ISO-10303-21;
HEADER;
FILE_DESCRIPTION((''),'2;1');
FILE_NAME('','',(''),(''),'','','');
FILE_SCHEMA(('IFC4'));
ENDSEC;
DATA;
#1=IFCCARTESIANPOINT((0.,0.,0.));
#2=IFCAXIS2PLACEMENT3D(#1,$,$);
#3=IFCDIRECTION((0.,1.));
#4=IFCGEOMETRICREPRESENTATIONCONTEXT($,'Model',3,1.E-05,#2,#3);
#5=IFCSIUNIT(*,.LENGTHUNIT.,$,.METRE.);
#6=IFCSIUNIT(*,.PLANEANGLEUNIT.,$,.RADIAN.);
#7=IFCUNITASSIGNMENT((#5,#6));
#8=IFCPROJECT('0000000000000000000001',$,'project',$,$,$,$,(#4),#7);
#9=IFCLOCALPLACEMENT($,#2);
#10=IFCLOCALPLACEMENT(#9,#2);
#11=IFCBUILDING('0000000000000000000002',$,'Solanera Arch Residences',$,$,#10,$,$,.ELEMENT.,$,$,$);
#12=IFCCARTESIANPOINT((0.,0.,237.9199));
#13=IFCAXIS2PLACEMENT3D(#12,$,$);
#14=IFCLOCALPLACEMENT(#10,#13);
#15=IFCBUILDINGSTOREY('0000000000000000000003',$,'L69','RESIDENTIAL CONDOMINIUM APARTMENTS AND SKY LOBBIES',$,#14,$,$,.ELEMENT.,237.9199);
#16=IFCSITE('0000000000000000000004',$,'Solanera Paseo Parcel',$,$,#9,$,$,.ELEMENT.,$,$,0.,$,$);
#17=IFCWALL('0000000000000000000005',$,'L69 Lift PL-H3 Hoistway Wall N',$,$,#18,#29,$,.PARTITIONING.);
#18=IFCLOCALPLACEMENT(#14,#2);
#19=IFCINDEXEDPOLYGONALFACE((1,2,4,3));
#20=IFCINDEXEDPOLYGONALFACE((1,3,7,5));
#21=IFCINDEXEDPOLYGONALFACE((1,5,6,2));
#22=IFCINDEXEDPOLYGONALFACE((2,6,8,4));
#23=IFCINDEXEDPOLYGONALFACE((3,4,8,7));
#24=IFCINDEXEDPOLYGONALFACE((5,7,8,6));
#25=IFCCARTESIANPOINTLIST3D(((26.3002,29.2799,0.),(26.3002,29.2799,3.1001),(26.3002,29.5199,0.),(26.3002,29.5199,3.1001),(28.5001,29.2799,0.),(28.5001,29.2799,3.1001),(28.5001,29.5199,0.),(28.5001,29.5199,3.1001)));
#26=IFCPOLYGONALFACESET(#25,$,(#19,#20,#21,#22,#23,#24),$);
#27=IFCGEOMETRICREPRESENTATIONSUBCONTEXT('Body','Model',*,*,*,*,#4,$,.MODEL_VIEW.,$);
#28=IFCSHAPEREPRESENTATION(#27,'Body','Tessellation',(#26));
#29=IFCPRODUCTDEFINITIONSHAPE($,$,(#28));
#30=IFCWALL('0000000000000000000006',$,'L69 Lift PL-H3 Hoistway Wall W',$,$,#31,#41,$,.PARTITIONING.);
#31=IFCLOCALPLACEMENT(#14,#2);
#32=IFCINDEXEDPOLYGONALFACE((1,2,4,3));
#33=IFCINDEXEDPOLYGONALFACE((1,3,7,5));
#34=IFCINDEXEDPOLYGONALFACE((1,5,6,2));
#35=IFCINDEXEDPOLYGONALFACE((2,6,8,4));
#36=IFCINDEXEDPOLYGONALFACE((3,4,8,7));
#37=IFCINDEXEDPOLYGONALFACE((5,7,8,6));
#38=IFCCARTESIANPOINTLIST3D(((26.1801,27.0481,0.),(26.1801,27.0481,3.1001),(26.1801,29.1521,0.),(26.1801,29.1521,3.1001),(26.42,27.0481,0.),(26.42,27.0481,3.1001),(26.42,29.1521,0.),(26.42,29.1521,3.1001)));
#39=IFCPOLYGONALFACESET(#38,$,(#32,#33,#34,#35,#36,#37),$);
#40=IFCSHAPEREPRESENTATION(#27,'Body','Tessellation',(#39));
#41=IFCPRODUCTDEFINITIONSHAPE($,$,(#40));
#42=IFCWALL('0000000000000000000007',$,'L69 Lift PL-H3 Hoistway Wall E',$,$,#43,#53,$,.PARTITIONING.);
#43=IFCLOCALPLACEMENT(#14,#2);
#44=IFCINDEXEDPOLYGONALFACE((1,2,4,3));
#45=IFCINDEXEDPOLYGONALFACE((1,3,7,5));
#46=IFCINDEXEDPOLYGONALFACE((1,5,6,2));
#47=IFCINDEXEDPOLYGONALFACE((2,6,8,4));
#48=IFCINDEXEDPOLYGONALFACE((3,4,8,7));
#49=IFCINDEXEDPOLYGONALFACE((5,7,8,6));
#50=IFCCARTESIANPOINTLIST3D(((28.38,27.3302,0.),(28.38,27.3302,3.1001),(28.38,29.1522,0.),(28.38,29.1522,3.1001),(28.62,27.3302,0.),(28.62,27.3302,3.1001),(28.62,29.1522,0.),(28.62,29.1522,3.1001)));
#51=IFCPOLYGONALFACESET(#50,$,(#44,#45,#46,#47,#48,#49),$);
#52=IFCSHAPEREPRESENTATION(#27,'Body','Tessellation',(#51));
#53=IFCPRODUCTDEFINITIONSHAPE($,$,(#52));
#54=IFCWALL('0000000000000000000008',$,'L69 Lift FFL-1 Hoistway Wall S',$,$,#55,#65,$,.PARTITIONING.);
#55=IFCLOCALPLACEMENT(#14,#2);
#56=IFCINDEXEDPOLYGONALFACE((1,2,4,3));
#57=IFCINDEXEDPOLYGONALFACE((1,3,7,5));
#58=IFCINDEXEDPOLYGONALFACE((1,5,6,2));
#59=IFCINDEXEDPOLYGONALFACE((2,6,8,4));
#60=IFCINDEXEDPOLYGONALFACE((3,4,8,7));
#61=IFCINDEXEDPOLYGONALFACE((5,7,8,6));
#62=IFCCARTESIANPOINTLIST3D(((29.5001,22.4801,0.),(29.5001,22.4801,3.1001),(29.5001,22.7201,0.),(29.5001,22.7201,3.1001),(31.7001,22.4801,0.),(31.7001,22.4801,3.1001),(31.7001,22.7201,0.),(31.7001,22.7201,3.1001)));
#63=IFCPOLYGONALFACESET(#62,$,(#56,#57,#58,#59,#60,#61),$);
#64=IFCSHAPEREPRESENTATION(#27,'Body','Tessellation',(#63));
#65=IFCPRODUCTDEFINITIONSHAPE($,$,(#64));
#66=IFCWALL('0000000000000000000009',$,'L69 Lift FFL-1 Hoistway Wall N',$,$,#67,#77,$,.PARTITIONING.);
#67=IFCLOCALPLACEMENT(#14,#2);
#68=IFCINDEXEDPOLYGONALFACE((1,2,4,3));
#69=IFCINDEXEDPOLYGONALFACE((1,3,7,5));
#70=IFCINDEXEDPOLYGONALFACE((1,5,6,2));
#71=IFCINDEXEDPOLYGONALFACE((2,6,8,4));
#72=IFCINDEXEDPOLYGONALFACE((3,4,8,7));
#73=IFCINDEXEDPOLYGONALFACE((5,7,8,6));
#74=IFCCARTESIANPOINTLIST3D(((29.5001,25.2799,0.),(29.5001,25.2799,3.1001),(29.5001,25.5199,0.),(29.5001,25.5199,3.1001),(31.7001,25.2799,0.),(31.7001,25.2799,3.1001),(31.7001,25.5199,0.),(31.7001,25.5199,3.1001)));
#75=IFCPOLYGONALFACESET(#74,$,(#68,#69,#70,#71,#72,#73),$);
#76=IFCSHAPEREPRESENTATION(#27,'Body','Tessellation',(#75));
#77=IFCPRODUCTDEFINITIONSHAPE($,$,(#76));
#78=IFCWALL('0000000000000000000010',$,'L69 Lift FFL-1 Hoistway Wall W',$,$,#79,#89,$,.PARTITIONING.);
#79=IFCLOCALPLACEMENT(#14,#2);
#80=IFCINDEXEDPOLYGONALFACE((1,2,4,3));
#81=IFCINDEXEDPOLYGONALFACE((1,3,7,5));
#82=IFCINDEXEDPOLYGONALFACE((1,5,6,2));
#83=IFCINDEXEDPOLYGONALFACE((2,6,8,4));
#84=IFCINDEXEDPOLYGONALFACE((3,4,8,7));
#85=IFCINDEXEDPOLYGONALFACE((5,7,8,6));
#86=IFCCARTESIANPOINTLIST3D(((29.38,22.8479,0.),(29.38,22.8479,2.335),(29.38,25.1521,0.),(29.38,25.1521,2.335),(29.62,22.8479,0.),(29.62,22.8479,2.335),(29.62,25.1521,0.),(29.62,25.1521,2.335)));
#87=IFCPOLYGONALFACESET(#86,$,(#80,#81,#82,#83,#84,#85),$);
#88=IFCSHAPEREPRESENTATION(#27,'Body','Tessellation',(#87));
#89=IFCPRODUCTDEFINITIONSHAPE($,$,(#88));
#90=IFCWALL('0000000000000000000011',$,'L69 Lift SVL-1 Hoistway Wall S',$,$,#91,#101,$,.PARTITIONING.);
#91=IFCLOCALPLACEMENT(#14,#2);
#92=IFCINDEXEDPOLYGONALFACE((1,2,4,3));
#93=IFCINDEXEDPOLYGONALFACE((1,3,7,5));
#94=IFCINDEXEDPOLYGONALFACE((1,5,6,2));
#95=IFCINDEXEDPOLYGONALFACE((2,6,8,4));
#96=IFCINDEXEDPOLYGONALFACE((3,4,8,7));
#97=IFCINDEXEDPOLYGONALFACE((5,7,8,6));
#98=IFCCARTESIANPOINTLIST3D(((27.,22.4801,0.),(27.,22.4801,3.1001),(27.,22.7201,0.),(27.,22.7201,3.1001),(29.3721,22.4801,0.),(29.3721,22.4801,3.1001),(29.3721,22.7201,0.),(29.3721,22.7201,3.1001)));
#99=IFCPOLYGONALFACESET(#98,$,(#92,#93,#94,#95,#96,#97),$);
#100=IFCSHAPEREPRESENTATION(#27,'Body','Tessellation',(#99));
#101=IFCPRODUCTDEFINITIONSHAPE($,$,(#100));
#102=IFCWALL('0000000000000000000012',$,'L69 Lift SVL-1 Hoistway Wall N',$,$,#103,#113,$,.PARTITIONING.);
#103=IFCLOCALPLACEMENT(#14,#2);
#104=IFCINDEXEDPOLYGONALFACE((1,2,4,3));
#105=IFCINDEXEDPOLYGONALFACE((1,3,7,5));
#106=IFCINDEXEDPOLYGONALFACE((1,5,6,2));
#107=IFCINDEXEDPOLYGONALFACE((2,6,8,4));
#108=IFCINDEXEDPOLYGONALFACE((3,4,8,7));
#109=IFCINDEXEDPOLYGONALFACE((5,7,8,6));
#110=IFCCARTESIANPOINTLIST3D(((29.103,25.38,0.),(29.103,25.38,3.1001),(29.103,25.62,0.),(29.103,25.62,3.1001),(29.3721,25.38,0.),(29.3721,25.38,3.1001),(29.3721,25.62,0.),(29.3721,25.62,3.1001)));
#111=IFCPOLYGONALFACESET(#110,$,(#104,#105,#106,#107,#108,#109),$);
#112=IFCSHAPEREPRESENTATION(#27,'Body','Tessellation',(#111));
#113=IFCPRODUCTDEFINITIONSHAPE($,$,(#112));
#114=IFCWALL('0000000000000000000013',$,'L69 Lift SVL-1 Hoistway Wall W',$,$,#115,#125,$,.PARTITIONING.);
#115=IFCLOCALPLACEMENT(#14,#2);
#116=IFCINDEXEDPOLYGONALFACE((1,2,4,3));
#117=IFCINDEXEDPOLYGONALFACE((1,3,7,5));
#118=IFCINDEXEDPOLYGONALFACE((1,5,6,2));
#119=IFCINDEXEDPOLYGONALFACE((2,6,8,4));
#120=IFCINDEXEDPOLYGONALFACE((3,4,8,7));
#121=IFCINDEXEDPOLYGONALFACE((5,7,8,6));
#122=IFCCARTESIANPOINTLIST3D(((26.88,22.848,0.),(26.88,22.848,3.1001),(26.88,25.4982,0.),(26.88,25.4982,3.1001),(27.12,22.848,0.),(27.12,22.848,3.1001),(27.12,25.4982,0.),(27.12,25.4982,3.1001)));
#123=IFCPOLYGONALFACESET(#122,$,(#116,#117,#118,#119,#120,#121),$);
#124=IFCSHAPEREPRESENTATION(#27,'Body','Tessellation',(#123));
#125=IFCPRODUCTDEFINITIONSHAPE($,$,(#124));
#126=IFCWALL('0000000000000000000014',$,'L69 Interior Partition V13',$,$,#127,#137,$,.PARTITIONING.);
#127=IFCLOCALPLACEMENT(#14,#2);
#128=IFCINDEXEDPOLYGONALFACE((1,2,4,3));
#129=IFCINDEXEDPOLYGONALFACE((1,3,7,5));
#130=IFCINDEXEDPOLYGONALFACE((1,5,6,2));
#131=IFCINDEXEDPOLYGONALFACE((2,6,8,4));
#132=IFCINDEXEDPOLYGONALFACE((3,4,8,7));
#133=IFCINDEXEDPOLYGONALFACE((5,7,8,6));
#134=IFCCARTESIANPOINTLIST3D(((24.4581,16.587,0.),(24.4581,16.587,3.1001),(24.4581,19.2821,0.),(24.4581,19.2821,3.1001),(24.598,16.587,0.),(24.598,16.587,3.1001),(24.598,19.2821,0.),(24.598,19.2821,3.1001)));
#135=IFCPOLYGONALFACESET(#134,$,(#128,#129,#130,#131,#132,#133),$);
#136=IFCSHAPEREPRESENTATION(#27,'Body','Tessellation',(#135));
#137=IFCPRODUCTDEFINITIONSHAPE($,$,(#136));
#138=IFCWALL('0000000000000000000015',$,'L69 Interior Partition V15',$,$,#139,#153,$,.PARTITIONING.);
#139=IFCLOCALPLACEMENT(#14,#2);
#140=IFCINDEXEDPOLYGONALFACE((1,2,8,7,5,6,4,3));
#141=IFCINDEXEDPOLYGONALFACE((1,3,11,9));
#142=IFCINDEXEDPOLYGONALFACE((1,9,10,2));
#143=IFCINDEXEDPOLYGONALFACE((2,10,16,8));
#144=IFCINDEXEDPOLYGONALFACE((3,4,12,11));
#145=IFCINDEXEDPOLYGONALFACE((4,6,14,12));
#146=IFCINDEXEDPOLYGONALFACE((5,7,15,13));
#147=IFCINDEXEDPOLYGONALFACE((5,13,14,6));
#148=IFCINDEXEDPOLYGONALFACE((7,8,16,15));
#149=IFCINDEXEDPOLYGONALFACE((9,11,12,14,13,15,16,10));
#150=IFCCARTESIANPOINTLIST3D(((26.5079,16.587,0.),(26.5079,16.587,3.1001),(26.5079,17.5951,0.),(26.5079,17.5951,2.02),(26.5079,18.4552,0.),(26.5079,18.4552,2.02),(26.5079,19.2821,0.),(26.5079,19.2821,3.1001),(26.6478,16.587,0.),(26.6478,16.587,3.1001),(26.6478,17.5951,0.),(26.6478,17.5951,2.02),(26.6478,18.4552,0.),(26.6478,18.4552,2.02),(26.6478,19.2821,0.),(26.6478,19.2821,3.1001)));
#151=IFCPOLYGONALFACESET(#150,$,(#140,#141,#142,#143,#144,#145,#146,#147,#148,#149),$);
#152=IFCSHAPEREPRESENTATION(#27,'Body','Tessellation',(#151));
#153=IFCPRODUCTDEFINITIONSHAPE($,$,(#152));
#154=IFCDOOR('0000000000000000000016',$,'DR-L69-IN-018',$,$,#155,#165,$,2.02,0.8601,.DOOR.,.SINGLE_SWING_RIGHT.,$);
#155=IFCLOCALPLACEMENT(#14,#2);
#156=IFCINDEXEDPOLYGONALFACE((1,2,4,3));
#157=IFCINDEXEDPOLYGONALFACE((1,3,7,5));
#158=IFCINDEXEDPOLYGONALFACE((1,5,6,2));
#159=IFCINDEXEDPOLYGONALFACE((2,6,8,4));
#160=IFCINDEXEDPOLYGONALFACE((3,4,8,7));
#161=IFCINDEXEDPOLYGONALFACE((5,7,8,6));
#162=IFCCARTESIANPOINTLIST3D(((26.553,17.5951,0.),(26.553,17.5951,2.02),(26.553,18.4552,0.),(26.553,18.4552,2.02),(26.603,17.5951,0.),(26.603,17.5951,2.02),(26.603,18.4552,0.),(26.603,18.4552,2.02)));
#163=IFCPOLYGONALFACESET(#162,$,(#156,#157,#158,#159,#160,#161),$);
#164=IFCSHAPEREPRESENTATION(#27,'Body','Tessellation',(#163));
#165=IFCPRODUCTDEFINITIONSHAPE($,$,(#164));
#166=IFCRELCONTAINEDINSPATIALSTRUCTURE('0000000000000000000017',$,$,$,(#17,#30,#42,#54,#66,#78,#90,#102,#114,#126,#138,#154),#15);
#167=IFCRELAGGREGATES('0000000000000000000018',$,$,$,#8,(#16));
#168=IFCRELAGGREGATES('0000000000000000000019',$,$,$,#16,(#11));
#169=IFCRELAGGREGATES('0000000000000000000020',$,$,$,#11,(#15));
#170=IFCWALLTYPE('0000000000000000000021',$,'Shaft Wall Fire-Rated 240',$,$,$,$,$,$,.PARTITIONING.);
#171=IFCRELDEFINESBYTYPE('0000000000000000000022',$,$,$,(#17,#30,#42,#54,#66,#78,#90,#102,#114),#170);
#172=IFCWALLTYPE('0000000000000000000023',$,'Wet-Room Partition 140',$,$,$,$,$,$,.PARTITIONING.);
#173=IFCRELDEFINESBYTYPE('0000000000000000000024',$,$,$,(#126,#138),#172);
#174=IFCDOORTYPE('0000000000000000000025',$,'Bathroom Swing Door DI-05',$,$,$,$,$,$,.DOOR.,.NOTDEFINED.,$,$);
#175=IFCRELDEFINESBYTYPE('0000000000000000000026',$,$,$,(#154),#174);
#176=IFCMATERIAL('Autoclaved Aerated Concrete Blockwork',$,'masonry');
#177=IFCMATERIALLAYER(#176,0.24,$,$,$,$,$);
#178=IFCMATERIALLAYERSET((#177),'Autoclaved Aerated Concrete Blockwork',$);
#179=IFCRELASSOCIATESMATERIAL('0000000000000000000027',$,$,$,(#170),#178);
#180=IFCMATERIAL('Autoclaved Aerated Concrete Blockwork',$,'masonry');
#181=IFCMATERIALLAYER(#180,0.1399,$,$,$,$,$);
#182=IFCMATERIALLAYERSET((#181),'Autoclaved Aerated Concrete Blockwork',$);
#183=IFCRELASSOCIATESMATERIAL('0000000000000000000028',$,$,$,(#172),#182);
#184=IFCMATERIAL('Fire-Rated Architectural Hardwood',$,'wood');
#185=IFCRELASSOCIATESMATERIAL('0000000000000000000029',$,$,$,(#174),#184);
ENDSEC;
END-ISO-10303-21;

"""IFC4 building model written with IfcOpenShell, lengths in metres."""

from ifc_helpers import new_model, si_unit, direction, frame, frame_2d, origin, place, context, subcontext, project, spatial, rectangle, extrude, material, layer, layer_set, type_object, element, fill, save


model = new_model("IFC4")

# Units and contexts
model_context = context("Model", 3, precision=1e-05, world=origin(), true_north=direction((0.0, 1.0)))
body_context = subcontext(model_context, "Body", "Model", "MODEL_VIEW")
ifc_project = project(units=[si_unit("LENGTHUNIT", "METRE"), si_unit("PLANEANGLEUNIT", "RADIAN")], contexts=[model_context])

# Site, building, storey
site_placement = place(None, origin())
site = spatial("IfcSite", under=ifc_project, at=site_placement, Name="Solanera Paseo Parcel", CompositionType="ELEMENT", RefElevation=0.0)
building_placement = place(site_placement, origin())
building = spatial("IfcBuilding", under=site, at=building_placement, Name="Solanera Arch Residences", CompositionType="ELEMENT")
storey_placement = place(building_placement, frame((0.0, 0.0, 237.9199)))
storey = spatial("IfcBuildingStorey", under=building, at=storey_placement, Name="L69", Description="RESIDENTIAL CONDOMINIUM APARTMENTS AND SKY LOBBIES", CompositionType="ELEMENT", Elevation=237.9199)

# Walls
ifc_material_1 = material(Name="Autoclaved Aerated Concrete Blockwork", Category="masonry")
ifc_layer_1 = layer(ifc_material_1, 0.24)
ifc_layer_set_1 = layer_set([ifc_layer_1], Name="Autoclaved Aerated Concrete Blockwork")
wall_type_1 = type_object("IfcWallType", Name="Shaft Wall Fire-Rated 240", PredefinedType="PARTITIONING", material=ifc_layer_set_1)
wall_1_placement = place(storey_placement, frame((26.3, 29.3999, 0.0), z_axis=(0.0, 0.0, 1.0), x_axis=(1.0, 0.0, 0.0)))
element("IfcWall", 1, at=wall_1_placement, inside=storey, type_object=wall_type_1, Name="L69 Lift PL-H3 Hoistway Wall N", PredefinedType="PARTITIONING", context=body_context, shape_type="SweptSolid", body=[
    extrude(rectangle(XDim=2.2, YDim=0.24, at=frame_2d((1.1001, 0.0))), origin(), (0.0, 0.0, 1.0), 3.1001),
])
wall_2_placement = place(storey_placement, frame((26.3, 27.0481, 0.0), z_axis=(0.0, 0.0, 1.0), x_axis=(0.0, 1.0, 0.0)))
element("IfcWall", 2, at=wall_2_placement, inside=storey, type_object=wall_type_1, Name="L69 Lift PL-H3 Hoistway Wall W", PredefinedType="PARTITIONING", context=body_context, shape_type="SweptSolid", body=[
    extrude(rectangle(XDim=2.104, YDim=0.24, at=frame_2d((1.052, 0.0))), origin(), (0.0, 0.0, 1.0), 3.1001),
])
wall_3_placement = place(storey_placement, frame((28.5, 27.3301, 0.0), z_axis=(0.0, 0.0, 1.0), x_axis=(0.0, 1.0, 0.0)))
element("IfcWall", 3, at=wall_3_placement, inside=storey, type_object=wall_type_1, Name="L69 Lift PL-H3 Hoistway Wall E", PredefinedType="PARTITIONING", context=body_context, shape_type="SweptSolid", body=[
    extrude(rectangle(XDim=1.822, YDim=0.24, at=frame_2d((0.9111, 0.0))), origin(), (0.0, 0.0, 1.0), 3.1001),
])
for number, where, z_axis, x_axis, name in (
    (4, (29.5, 22.6001, 0.0), (0.0, 0.0, 1.0), (1.0, 0.0, 0.0), "L69 Lift FFL-1 Hoistway Wall S"),
    (5, (29.5, 25.3999, 0.0), (0.0, 0.0, 1.0), (1.0, 0.0, 0.0), "L69 Lift FFL-1 Hoistway Wall N"),
):
    element("IfcWall", number, at=place(storey_placement, frame(where, z_axis=z_axis, x_axis=x_axis)), inside=storey, type_object=wall_type_1, Name=name, PredefinedType="PARTITIONING", context=body_context, shape_type="SweptSolid", body=[
        extrude(rectangle(XDim=2.2, YDim=0.24, at=frame_2d((1.1001, 0.0))), origin(), (0.0, 0.0, 1.0), 3.1001),
    ])
wall_4_placement = place(storey_placement, frame((29.5, 22.8479, 0.0), z_axis=(0.0, 0.0, 1.0), x_axis=(0.0, 1.0, 0.0)))
element("IfcWall", 6, at=wall_4_placement, inside=storey, type_object=wall_type_1, Name="L69 Lift FFL-1 Hoistway Wall W", PredefinedType="PARTITIONING", context=body_context, shape_type="SweptSolid", body=[
    extrude(rectangle(XDim=2.3042, YDim=0.24, at=frame_2d((1.1521, 0.0))), origin(), (0.0, 0.0, 1.0), 2.335),
])
wall_5_placement = place(storey_placement, frame((27.0, 22.6001, 0.0), z_axis=(0.0, 0.0, 1.0), x_axis=(1.0, 0.0, 0.0)))
element("IfcWall", 7, at=wall_5_placement, inside=storey, type_object=wall_type_1, Name="L69 Lift SVL-1 Hoistway Wall S", PredefinedType="PARTITIONING", context=body_context, shape_type="SweptSolid", body=[
    extrude(rectangle(XDim=2.3721, YDim=0.24, at=frame_2d((1.186, 0.0))), origin(), (0.0, 0.0, 1.0), 3.1001),
])
wall_6_placement = place(storey_placement, frame((29.103, 25.5, 0.0), z_axis=(0.0, 0.0, 1.0), x_axis=(1.0, 0.0, 0.0)))
element("IfcWall", 8, at=wall_6_placement, inside=storey, type_object=wall_type_1, Name="L69 Lift SVL-1 Hoistway Wall N", PredefinedType="PARTITIONING", context=body_context, shape_type="SweptSolid", body=[
    extrude(rectangle(XDim=0.269, YDim=0.24, at=frame_2d((0.1345, 0.0))), origin(), (0.0, 0.0, 1.0), 3.1001),
])
wall_7_placement = place(storey_placement, frame((27.0, 22.8479, 0.0), z_axis=(0.0, 0.0, 1.0), x_axis=(0.0, 1.0, 0.0)))
element("IfcWall", 9, at=wall_7_placement, inside=storey, type_object=wall_type_1, Name="L69 Lift SVL-1 Hoistway Wall W", PredefinedType="PARTITIONING", context=body_context, shape_type="SweptSolid", body=[
    extrude(rectangle(XDim=2.6501, YDim=0.24, at=frame_2d((1.3252, 0.0))), origin(), (0.0, 0.0, 1.0), 3.1001),
])
ifc_material_2 = material(Name="Autoclaved Aerated Concrete Blockwork", Category="masonry")
ifc_layer_2 = layer(ifc_material_2, 0.1399)
ifc_layer_set_2 = layer_set([ifc_layer_2], Name="Autoclaved Aerated Concrete Blockwork")
wall_type_2 = type_object("IfcWallType", Name="Wet-Room Partition 140", PredefinedType="PARTITIONING", material=ifc_layer_set_2)
wall_8_placement = place(storey_placement, frame((24.5281, 16.5869, 0.0), z_axis=(0.0, 0.0, 1.0), x_axis=(0.0, 1.0, 0.0)))
element("IfcWall", 10, at=wall_8_placement, inside=storey, type_object=wall_type_2, Name="L69 Interior Partition V13", PredefinedType="PARTITIONING", context=body_context, shape_type="SweptSolid", body=[
    extrude(rectangle(XDim=2.6951, YDim=0.1399, at=frame_2d((1.3477, 0.0))), origin(), (0.0, 0.0, 1.0), 3.1001),
])

# Wall, opening, door
wall_9_placement = place(storey_placement, frame((26.5779, 16.5869, 0.0), z_axis=(0.0, 0.0, 1.0), x_axis=(0.0, 1.0, 0.0)))
wall_9 = element("IfcWall", 11, at=wall_9_placement, inside=storey, type_object=wall_type_2, Name="L69 Interior Partition V15", PredefinedType="PARTITIONING", context=body_context, shape_type="SweptSolid", body=[
    extrude(rectangle(XDim=2.6951, YDim=0.1399, at=frame_2d((1.3477, 0.0))), origin(), (0.0, 0.0, 1.0), 3.1001),
])
opening_placement = place(wall_9_placement, frame((1.0081, 0.0, 0.0)))
opening = element("IfcOpeningElement", 12, at=opening_placement, cuts=wall_9, PredefinedType="OPENING", context=body_context, shape_type="SweptSolid", body=[
    extrude(rectangle(XDim=0.8601, YDim=2.02, at=frame_2d((0.4302, 1.01))), frame((0.0, 0.0798, 0.0), z_axis=(0.0, -1.0, 0.0), x_axis=(1.0, 0.0, 0.0)), (0.0, 0.0, 1.0), 0.1599),
])
ifc_material_3 = material(Name="Fire-Rated Architectural Hardwood", Category="wood")
door_type = type_object("IfcDoorType", Name="Bathroom Swing Door DI-05", OperationType="NOTDEFINED", PredefinedType="DOOR", material=ifc_material_3)
door_placement = place(opening_placement, origin())
door = element("IfcDoor", 13, at=door_placement, inside=storey, type_object=door_type, Name="DR-L69-IN-018", OperationType="SINGLE_SWING_RIGHT", OverallHeight=2.02, OverallWidth=0.8601, PredefinedType="DOOR", context=body_context, shape_type="SweptSolid", body=[
    extrude(rectangle(XDim=0.8601, YDim=2.02, at=frame_2d((0.4302, 1.01))), frame((0.0, 0.0249, 0.0), z_axis=(0.0, -1.0, 0.0), x_axis=(1.0, 0.0, 0.0)), (0.0, 0.0, 1.0), 0.05),
])
fill(opening, door)

save(model, "model.ifc")
